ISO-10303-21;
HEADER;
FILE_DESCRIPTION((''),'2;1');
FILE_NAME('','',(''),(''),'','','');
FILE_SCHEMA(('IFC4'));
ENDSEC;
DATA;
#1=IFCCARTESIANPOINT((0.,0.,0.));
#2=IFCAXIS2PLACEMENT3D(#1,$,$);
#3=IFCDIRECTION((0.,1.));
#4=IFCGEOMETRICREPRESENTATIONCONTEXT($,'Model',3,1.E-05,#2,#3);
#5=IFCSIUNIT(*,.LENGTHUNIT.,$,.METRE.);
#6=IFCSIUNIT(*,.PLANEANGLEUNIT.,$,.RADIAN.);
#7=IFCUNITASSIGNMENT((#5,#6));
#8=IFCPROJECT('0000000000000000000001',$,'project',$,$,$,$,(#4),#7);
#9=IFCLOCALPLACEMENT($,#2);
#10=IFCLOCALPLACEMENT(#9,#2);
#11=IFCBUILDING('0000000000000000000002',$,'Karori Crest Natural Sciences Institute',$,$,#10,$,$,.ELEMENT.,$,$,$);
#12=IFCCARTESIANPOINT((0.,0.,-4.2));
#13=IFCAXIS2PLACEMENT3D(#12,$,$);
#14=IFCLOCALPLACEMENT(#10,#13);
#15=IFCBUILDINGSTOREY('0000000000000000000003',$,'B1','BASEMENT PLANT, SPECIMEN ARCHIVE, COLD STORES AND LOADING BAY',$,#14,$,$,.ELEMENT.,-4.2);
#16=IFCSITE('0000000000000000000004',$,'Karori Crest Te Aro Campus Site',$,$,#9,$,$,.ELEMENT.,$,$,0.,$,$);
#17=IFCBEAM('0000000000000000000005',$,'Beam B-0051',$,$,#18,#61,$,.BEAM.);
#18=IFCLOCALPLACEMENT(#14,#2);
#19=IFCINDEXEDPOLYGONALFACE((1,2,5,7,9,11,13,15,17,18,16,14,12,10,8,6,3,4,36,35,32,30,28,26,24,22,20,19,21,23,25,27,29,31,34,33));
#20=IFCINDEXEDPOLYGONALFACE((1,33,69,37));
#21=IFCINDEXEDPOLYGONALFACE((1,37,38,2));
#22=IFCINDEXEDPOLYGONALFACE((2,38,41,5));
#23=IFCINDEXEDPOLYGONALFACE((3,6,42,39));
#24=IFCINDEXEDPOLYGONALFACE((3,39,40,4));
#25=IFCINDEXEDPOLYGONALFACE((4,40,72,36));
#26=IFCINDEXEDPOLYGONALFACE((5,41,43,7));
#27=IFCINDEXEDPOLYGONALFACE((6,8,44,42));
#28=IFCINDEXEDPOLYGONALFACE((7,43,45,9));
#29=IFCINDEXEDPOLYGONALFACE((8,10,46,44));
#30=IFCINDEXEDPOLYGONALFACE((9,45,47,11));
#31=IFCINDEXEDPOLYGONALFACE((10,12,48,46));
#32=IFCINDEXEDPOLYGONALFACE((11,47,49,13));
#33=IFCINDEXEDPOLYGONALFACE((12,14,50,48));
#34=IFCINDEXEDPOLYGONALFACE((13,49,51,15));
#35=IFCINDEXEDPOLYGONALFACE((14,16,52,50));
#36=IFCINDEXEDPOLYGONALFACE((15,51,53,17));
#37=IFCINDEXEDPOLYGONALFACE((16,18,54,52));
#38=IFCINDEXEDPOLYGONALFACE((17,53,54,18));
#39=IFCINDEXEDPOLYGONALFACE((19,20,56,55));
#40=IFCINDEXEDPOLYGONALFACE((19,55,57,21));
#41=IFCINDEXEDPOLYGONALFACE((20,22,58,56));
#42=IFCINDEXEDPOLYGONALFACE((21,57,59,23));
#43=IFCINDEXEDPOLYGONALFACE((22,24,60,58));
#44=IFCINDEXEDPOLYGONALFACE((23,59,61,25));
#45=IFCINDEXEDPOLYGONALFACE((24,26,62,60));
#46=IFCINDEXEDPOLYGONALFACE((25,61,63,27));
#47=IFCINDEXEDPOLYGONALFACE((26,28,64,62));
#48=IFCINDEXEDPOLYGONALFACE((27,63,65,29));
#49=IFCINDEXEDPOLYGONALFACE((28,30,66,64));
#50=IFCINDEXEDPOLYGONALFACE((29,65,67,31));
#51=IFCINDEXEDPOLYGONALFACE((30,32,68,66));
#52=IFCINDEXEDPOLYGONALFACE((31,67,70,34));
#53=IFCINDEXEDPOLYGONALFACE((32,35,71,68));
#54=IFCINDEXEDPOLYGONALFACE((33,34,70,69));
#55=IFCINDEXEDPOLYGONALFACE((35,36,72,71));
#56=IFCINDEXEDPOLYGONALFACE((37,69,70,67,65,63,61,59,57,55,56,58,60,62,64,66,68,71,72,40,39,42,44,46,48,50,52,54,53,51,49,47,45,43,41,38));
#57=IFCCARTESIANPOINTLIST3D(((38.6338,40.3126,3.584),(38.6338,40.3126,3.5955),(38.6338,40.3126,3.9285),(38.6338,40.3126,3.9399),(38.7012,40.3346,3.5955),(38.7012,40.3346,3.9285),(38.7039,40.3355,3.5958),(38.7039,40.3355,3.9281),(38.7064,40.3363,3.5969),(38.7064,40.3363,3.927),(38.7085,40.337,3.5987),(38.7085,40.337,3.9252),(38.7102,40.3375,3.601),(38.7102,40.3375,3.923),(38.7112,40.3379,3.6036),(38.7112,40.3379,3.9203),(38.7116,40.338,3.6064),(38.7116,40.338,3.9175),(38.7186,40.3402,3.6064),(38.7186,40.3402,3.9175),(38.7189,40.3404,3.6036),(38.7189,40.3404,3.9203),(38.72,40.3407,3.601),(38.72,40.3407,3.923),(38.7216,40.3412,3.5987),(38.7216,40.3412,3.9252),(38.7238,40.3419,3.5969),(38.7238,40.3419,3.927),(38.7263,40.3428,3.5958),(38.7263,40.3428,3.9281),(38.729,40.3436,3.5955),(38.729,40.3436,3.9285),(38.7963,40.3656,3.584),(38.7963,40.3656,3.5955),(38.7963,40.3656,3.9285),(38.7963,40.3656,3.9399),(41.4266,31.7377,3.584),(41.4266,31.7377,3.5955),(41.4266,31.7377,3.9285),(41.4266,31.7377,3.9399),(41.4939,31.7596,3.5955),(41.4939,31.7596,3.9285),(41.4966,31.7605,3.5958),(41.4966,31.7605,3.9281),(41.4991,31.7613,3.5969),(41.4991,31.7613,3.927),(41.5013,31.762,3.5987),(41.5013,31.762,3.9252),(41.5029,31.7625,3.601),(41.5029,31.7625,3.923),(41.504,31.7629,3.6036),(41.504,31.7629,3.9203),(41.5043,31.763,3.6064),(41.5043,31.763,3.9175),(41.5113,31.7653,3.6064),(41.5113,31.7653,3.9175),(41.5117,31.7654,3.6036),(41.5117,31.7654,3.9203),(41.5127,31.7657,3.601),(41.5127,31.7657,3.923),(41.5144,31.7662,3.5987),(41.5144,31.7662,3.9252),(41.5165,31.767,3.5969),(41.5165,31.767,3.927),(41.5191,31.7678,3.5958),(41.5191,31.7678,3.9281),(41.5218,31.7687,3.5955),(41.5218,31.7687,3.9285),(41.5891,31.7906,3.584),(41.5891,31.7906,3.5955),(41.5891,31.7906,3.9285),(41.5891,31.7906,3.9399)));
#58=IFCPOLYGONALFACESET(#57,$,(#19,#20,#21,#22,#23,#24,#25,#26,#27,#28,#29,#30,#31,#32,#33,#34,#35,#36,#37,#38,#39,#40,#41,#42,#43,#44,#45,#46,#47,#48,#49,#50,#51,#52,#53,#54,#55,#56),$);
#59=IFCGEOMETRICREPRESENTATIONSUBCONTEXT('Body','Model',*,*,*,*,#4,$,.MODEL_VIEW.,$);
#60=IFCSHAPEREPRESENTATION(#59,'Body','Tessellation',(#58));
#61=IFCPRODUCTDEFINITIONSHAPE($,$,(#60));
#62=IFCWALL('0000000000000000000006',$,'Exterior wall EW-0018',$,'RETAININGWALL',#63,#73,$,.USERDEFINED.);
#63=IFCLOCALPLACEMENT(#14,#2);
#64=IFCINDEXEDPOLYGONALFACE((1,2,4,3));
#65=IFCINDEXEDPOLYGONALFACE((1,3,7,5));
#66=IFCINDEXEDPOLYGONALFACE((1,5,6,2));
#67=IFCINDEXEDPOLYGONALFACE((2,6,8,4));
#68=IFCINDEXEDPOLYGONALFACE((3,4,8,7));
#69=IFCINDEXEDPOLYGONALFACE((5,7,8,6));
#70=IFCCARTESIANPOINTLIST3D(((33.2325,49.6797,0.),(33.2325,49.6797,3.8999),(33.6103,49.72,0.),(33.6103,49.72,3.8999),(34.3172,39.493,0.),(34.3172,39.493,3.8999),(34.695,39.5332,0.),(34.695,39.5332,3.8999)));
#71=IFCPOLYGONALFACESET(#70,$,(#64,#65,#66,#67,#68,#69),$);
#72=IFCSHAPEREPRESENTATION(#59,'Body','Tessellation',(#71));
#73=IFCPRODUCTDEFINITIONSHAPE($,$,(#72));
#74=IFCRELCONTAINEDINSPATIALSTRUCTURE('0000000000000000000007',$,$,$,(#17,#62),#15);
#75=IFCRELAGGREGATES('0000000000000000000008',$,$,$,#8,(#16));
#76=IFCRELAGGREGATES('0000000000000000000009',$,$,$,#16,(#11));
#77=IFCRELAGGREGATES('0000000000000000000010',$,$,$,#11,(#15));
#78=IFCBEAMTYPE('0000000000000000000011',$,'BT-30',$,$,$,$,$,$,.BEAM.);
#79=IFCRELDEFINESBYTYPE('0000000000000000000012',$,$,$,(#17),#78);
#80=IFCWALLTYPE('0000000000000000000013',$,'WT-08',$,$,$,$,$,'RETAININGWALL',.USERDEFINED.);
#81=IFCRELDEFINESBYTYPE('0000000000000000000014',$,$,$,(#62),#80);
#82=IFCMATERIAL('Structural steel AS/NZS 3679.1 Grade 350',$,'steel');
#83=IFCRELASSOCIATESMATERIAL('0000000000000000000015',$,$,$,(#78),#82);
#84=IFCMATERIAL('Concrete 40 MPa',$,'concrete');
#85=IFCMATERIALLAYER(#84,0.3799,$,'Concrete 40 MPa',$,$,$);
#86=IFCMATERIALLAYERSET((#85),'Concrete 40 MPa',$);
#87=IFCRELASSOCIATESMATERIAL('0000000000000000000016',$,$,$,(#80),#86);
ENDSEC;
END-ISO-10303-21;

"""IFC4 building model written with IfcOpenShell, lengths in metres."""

from ifc_helpers import new_model, si_unit, direction, frame, frame_2d, origin, origin_2d, place, context, subcontext, project, spatial, rectangle, i_section, extrude, material, layer, layer_set, material_profile, profile_set, type_object, element, save


model = new_model("IFC4")

# Units and contexts
model_context = context("Model", 3, precision=1e-05, world=origin(), true_north=direction((0.0, 1.0)))
body_context = subcontext(model_context, "Body", "Model", "MODEL_VIEW")
ifc_project = project(units=[si_unit("LENGTHUNIT", "METRE"), si_unit("PLANEANGLEUNIT", "RADIAN")], contexts=[model_context])

# Site, building, storey
site_placement = place(None, origin())
site = spatial("IfcSite", under=ifc_project, at=site_placement, Name="Karori Crest Te Aro Campus Site", CompositionType="ELEMENT", RefElevation=0.0)
building_placement = place(site_placement, origin())
building = spatial("IfcBuilding", under=site, at=building_placement, Name="Karori Crest Natural Sciences Institute", CompositionType="ELEMENT")
storey_placement = place(building_placement, frame((0.0, 0.0, -4.2)))
storey = spatial("IfcBuildingStorey", under=building, at=storey_placement, Name="B1", Description="BASEMENT PLANT, SPECIMEN ARCHIVE, COLD STORES AND LOADING BAY", CompositionType="ELEMENT", Elevation=-4.2)

# Shared definitions
ifc_material_1 = material(Name="Concrete 40 MPa", Category="concrete")

# Shared definitions
ifc_material_2 = material(Name="Structural steel AS/NZS 3679.1 Grade 350", Category="steel")

# Beam
ifc_material_profile_1 = material_profile(ifc_material_2, i_section(OverallWidth=0.1709, OverallDepth=0.356, WebThickness=0.0073, FlangeThickness=0.0115, FilletRadius=0.011, at=origin_2d()), Name="360UB50.7")
ifc_profile_set_1 = profile_set([ifc_material_profile_1], Name="Structural steel AS/NZS 3679.1 Grade 350")
beam_type_1 = type_object("IfcBeamType", Name="BT-30", PredefinedType="BEAM", material=ifc_profile_set_1)
beam_1_placement = place(storey_placement, frame((38.7151, 40.3391, 3.762), z_axis=(0.309674, -0.950843, 0.0), x_axis=(0.950843, 0.309674, 0.0)))
element("IfcBeam", 1, at=beam_1_placement, inside=storey, type_object=beam_type_1, Name="Beam B-0051", PredefinedType="BEAM", context=body_context, shape_type="SweptSolid", body=[
    extrude(i_section(OverallWidth=0.1709, OverallDepth=0.356, WebThickness=0.0073, FlangeThickness=0.0115, FilletRadius=0.011, at=origin_2d()), origin(), (0.0, 0.0, 1.0), 9.0183),
])

# Wall
ifc_layer = layer(ifc_material_1, 0.3799, Name="Concrete 40 MPa")
ifc_layer_set = layer_set([ifc_layer], Name="Concrete 40 MPa")
wall_type = type_object("IfcWallType", Name="WT-08", ElementType="RETAININGWALL", PredefinedType="USERDEFINED", material=ifc_layer_set)
wall_placement = place(storey_placement, frame((34.5061, 39.5132, 0.0), z_axis=(0.0, 0.0, 1.0), x_axis=(-0.105884, 0.994378, 0.0)))
element("IfcWall", 2, at=wall_placement, inside=storey, type_object=wall_type, Name="Exterior wall EW-0018", ObjectType="RETAININGWALL", PredefinedType="USERDEFINED", context=body_context, shape_type="SweptSolid", body=[
    extrude(rectangle(XDim=10.2444, YDim=0.3799, at=frame_2d((5.1221, 0.0))), origin(), (0.0, 0.0, 1.0), 3.8999),
])

save(model, "model.ifc")
